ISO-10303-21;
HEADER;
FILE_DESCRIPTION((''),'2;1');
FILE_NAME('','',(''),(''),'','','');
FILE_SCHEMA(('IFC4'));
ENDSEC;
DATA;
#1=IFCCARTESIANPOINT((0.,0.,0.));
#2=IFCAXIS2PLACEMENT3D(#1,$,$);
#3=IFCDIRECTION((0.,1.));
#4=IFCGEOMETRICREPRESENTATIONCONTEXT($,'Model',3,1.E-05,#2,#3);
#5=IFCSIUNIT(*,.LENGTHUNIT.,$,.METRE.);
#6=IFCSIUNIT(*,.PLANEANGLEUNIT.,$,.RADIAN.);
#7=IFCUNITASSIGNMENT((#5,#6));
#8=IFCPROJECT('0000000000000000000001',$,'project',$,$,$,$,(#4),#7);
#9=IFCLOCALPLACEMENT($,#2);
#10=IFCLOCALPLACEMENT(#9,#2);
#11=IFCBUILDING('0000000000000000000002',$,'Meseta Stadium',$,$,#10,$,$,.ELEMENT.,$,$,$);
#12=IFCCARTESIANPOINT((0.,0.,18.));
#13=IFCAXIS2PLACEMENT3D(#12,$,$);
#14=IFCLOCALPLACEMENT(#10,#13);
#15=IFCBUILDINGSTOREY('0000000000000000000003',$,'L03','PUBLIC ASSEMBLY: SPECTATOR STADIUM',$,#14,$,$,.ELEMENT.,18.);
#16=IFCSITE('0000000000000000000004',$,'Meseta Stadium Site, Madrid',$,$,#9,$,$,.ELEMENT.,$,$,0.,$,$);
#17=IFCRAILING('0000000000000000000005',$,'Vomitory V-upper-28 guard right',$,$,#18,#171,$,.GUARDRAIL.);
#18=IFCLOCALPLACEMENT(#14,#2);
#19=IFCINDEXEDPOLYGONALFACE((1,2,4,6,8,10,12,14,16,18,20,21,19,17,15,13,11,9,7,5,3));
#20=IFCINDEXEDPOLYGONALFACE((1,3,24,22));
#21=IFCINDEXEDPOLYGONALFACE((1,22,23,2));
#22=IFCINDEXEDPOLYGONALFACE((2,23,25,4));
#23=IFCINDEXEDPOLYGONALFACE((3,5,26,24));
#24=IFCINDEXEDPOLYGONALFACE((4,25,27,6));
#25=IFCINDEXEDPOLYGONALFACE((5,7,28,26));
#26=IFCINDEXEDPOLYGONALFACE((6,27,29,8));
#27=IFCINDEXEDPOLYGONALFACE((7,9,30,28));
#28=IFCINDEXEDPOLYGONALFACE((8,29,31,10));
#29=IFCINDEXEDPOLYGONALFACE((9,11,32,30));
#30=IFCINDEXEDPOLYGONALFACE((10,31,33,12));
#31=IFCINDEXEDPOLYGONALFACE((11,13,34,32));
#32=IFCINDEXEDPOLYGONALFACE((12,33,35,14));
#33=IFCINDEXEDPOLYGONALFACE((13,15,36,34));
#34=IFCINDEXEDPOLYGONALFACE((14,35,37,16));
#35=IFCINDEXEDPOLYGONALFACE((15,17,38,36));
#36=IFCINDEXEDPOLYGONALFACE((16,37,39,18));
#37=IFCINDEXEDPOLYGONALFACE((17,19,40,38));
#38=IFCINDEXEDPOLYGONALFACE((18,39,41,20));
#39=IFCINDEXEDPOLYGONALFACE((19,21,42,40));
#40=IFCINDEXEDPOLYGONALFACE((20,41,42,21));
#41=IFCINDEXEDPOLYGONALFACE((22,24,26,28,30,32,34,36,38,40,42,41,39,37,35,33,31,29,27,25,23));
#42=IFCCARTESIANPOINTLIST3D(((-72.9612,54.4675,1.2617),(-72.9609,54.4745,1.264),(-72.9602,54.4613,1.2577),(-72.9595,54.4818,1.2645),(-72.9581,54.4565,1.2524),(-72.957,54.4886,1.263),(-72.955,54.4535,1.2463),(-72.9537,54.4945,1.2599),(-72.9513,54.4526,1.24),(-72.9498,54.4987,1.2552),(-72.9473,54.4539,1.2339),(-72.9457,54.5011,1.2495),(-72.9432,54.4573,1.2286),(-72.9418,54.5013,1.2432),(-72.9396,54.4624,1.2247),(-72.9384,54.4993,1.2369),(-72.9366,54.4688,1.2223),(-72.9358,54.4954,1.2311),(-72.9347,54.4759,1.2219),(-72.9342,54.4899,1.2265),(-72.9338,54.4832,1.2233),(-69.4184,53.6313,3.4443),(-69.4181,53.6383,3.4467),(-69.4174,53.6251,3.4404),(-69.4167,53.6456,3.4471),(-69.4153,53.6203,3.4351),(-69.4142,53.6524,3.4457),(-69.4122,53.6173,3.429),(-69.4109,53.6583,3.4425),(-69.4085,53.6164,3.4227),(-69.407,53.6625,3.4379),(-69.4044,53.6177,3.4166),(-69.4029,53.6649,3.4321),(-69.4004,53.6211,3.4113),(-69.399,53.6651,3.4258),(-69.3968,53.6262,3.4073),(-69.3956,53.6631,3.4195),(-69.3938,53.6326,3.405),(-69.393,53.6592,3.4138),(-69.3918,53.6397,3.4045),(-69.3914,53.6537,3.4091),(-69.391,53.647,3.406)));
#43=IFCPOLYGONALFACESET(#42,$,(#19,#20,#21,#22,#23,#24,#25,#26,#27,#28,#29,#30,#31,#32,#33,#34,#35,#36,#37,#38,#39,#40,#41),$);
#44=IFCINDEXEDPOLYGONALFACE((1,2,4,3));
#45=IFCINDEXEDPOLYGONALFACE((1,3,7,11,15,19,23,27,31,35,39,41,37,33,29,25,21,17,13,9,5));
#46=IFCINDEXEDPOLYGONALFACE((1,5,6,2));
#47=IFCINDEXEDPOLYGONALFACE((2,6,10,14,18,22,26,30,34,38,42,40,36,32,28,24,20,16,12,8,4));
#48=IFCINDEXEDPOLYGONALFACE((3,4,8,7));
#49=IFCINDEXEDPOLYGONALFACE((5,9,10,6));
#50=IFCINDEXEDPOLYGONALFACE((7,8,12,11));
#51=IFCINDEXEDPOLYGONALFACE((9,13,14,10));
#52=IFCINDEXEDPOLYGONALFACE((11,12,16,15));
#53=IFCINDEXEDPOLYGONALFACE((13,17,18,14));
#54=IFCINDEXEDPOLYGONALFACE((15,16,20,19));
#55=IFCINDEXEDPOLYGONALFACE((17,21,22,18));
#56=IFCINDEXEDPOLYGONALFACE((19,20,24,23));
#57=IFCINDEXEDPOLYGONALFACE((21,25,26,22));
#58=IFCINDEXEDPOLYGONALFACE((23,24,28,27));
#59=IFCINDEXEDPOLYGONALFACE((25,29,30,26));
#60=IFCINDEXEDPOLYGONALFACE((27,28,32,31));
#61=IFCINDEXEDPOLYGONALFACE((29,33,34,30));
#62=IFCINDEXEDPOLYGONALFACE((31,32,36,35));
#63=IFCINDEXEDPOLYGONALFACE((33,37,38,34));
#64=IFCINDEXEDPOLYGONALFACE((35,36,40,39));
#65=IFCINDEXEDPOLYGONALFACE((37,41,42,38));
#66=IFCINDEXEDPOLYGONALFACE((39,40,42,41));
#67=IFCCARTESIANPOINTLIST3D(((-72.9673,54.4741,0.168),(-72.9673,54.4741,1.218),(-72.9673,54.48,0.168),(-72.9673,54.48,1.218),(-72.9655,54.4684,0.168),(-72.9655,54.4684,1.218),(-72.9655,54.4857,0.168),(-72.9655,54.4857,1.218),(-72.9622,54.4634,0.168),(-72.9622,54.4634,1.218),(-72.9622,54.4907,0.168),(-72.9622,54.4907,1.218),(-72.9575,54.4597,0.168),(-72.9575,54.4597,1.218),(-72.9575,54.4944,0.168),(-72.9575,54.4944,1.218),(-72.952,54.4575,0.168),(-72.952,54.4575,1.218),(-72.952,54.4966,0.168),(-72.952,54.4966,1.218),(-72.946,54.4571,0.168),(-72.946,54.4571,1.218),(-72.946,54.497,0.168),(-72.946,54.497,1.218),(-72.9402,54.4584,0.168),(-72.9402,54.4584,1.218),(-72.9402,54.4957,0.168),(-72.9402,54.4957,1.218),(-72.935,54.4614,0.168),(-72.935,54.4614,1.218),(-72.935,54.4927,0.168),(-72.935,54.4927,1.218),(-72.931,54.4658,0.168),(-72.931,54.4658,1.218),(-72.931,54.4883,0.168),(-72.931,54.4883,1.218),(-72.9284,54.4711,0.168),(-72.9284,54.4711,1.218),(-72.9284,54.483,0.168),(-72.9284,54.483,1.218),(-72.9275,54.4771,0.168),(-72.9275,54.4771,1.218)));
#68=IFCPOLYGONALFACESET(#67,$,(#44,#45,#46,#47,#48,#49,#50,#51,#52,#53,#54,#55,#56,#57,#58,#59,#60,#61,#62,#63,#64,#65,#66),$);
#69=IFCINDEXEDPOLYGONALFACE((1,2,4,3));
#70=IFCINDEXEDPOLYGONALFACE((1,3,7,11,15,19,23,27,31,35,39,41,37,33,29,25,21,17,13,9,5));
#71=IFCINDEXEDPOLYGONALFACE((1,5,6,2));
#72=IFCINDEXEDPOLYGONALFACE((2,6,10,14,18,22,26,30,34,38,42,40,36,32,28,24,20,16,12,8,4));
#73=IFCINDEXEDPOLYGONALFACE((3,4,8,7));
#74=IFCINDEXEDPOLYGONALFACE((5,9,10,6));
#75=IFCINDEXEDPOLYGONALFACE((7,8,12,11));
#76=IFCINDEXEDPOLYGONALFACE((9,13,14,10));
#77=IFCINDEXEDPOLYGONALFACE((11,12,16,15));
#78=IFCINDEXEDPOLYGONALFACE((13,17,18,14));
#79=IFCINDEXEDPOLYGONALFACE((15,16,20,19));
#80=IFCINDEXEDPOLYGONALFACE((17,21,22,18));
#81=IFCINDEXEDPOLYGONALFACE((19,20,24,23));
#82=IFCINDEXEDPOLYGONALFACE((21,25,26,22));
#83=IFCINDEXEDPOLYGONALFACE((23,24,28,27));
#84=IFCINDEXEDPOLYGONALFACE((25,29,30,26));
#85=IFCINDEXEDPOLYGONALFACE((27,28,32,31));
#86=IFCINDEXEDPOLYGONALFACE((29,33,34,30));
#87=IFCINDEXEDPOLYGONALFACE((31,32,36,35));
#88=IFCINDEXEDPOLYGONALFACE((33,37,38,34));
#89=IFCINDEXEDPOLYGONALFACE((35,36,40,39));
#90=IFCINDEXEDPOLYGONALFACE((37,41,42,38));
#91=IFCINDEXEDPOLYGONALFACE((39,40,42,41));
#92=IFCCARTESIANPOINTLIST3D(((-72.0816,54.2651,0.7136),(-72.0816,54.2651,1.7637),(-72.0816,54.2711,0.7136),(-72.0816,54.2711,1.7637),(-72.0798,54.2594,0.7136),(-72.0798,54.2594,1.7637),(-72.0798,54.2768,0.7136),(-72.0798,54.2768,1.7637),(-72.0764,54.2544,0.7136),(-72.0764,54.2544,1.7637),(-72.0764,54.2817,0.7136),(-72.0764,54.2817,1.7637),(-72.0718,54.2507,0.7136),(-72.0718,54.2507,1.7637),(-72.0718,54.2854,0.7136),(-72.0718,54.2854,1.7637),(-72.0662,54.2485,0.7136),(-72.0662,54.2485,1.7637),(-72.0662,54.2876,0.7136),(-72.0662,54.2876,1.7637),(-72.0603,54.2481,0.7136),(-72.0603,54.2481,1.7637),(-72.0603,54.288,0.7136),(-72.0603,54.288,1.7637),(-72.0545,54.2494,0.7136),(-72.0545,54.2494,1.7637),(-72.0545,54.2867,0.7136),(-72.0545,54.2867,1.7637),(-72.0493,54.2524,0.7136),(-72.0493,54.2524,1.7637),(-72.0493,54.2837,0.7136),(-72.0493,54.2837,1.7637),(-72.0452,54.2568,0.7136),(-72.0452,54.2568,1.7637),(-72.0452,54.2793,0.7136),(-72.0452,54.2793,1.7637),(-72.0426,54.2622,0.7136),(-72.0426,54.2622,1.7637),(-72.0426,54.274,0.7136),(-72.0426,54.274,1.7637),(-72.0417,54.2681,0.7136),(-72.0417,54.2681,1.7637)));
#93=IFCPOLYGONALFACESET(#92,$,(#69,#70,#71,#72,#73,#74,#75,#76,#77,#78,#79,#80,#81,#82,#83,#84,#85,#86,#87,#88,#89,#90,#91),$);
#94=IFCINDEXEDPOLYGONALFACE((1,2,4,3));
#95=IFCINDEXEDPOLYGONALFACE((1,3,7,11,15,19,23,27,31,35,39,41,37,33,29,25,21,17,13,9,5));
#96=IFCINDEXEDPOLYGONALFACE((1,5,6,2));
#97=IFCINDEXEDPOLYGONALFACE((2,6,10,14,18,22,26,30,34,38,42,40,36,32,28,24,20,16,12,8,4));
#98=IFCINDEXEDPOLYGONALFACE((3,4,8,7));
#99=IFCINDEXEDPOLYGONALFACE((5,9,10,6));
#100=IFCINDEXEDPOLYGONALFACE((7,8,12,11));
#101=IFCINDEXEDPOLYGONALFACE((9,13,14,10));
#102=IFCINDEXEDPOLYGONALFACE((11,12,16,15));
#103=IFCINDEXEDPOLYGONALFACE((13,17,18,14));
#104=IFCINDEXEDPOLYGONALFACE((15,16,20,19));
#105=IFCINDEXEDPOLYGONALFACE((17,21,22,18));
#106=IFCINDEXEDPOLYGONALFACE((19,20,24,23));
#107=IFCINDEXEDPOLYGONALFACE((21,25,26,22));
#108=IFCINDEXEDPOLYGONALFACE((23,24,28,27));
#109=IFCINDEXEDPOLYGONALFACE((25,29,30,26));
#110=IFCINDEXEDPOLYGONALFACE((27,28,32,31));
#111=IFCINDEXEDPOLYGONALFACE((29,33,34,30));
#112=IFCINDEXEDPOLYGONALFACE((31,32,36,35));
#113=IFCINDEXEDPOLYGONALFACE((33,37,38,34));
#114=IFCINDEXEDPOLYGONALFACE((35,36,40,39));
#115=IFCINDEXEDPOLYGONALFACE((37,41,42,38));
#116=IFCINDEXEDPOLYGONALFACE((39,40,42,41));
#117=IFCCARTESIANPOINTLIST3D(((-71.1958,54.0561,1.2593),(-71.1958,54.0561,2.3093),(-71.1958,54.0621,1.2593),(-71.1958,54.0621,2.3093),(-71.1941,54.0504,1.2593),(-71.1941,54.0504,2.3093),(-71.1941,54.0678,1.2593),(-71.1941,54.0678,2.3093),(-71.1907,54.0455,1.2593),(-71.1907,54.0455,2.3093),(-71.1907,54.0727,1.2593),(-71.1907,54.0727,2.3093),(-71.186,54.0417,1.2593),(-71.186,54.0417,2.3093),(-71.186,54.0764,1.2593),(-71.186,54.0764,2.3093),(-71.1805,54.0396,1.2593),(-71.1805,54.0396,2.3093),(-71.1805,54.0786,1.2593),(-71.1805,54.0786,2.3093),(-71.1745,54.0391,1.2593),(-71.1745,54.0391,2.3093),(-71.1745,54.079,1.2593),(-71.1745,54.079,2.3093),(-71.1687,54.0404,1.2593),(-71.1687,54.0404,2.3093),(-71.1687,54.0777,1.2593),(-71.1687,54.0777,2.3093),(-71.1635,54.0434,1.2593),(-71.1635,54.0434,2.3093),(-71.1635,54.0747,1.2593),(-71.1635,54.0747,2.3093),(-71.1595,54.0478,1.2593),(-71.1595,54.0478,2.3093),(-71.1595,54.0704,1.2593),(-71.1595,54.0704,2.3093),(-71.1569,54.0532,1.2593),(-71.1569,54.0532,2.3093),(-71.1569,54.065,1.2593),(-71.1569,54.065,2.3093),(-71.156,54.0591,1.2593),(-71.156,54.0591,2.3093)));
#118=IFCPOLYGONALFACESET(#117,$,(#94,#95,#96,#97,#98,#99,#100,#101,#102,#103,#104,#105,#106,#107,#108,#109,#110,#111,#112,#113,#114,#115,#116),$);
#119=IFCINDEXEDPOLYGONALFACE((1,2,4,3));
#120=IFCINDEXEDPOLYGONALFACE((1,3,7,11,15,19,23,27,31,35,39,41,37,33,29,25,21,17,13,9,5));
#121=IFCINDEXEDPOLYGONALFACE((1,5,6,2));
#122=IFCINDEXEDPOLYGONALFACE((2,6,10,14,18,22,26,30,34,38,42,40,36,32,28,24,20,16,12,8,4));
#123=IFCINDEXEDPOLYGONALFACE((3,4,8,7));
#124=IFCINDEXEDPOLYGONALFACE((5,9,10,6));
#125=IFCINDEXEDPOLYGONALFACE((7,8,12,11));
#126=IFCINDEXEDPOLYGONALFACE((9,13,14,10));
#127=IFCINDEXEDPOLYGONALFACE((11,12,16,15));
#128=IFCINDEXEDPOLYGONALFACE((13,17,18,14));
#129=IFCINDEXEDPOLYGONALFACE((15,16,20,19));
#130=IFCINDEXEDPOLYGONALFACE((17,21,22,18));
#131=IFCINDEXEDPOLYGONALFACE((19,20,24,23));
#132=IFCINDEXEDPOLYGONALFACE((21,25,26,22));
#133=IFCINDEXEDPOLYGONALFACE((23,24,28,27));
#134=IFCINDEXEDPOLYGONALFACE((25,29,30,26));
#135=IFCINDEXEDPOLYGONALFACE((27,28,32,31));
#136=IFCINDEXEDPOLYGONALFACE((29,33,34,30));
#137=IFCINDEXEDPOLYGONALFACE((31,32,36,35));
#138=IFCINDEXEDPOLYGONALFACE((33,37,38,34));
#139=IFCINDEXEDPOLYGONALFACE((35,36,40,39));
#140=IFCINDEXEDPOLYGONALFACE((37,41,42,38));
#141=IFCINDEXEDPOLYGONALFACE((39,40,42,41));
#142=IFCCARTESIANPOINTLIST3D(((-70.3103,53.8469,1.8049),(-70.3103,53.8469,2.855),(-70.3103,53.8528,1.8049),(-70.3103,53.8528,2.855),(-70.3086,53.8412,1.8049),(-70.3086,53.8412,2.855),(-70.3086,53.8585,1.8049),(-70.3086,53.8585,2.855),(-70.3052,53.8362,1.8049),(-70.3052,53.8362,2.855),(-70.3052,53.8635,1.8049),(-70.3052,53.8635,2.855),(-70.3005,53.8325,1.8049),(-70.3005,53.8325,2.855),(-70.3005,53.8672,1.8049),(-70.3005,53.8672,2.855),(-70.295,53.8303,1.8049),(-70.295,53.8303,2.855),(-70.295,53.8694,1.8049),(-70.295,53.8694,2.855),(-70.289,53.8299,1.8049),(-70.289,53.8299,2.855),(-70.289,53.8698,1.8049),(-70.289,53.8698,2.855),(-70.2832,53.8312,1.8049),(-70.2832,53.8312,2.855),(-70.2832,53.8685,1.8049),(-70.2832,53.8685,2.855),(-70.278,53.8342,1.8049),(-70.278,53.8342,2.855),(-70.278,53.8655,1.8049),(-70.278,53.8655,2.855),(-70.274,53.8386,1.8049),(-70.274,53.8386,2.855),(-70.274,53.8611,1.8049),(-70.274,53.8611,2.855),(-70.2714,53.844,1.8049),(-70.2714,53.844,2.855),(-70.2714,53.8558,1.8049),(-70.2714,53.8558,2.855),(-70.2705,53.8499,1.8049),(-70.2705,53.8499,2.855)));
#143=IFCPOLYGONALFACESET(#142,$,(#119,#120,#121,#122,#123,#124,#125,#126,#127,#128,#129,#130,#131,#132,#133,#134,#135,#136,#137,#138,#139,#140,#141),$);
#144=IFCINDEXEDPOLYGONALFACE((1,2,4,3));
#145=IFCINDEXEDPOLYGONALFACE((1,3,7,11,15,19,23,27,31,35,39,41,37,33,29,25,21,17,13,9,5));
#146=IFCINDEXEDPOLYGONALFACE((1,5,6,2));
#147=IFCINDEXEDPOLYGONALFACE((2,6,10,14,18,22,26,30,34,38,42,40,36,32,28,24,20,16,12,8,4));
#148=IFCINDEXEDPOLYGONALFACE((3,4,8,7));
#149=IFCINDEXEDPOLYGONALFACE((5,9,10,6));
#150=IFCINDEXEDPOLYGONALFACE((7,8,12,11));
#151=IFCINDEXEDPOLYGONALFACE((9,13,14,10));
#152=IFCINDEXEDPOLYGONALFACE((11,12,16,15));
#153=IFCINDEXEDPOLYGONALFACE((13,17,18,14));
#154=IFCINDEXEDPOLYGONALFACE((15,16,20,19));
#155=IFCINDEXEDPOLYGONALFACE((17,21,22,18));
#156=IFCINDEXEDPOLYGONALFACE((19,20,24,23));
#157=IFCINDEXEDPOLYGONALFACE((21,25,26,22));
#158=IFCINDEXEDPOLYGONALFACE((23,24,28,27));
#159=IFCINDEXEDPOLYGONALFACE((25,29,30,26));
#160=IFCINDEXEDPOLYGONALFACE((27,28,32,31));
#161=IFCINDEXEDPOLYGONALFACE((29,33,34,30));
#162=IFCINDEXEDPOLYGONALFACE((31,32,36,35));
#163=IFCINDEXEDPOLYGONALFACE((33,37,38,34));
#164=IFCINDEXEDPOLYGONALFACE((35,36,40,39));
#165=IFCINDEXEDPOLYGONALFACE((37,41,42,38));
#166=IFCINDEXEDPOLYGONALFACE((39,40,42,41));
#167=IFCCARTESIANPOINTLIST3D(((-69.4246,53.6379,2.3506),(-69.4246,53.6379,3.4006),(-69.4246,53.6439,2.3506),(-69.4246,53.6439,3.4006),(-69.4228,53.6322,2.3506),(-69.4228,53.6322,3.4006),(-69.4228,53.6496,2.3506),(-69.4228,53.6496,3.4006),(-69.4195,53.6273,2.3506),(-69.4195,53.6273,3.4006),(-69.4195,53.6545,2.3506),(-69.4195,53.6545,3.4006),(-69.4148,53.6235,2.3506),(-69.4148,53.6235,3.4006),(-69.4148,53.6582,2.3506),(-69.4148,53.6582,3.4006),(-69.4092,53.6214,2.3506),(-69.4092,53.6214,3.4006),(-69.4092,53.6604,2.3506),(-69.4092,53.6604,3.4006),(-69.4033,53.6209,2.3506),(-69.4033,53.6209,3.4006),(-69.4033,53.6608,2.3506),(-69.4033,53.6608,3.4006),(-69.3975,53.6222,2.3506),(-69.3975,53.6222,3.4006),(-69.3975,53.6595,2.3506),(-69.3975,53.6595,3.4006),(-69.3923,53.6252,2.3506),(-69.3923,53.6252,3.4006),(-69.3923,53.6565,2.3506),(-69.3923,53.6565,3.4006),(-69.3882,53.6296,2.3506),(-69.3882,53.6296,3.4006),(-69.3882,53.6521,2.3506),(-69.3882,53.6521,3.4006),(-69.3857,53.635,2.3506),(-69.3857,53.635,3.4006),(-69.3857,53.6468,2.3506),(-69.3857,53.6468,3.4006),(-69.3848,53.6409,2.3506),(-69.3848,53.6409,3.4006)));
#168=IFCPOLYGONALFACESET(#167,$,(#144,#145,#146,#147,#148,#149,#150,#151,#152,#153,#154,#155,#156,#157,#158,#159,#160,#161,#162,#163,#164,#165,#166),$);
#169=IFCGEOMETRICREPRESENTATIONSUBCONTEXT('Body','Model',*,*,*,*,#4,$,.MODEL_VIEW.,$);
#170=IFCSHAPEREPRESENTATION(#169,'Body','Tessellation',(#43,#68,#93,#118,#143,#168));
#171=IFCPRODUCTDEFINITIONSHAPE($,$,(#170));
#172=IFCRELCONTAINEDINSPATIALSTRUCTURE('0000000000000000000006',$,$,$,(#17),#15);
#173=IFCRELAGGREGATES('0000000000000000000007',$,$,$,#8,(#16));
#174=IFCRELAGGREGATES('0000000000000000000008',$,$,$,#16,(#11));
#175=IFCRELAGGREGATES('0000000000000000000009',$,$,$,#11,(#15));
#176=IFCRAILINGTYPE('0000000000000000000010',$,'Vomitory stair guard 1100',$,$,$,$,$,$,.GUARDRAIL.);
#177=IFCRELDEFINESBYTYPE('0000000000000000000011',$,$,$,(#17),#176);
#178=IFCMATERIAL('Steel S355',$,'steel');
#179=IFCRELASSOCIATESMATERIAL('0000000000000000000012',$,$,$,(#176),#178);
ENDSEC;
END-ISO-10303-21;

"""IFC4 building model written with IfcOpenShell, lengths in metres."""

from ifc_helpers import new_model, si_unit, direction, frame, origin, origin_2d, place, context, subcontext, project, spatial, circle, extrude, material, type_object, element, save


model = new_model("IFC4")

# Units and contexts
model_context = context("Model", 3, precision=1e-05, world=origin(), true_north=direction((0.0, 1.0)))
body_context = subcontext(model_context, "Body", "Model", "MODEL_VIEW")
ifc_project = project(units=[si_unit("LENGTHUNIT", "METRE"), si_unit("PLANEANGLEUNIT", "RADIAN")], contexts=[model_context])

# Site, building, storey
site_placement = place(None, origin())
site = spatial("IfcSite", under=ifc_project, at=site_placement, Name="Meseta Stadium Site, Madrid", CompositionType="ELEMENT", RefElevation=0.0)
building_placement = place(site_placement, origin())
building = spatial("IfcBuilding", under=site, at=building_placement, Name="Meseta Stadium", CompositionType="ELEMENT")
storey_placement = place(building_placement, frame((0.0, 0.0, 18.0)))
storey = spatial("IfcBuildingStorey", under=building, at=storey_placement, Name="L03", Description="PUBLIC ASSEMBLY: SPECTATOR STADIUM", CompositionType="ELEMENT", Elevation=18.0)

# Railing
ifc_material_1 = material(Name="Steel S355", Category="steel")
railing_type_1 = type_object("IfcRailingType", Name="Vomitory stair guard 1100", PredefinedType="GUARDRAIL", material=ifc_material_1)
railing_1_placement = place(storey_placement, frame((-72.9475, 54.4771, 0.168)))
element("IfcRailing", 1, at=railing_1_placement, inside=storey, type_object=railing_type_1, Name="Vomitory V-upper-28 guard right", PredefinedType="GUARDRAIL", context=body_context, shape_type="SweptSolid", body=[
    extrude(circle(Radius=0.0249, at=origin_2d()), frame((0.0, 0.0, 1.0752), z_axis=(0.834706, -0.197014, 0.514249), x_axis=(0.229716, 0.973258, 0.0)), (0.0, 0.0, 1.0), 4.2444),
    extrude(circle(Radius=0.02, at=origin_2d()), origin(), (0.0, 0.0, 1.0), 1.05),
    extrude(circle(Radius=0.02, at=origin_2d()), frame((0.8857, -0.209, 0.5457)), (0.0, 0.0, 1.0), 1.05),
    extrude(circle(Radius=0.02, at=origin_2d()), frame((1.7715, -0.418, 1.0913)), (0.0, 0.0, 1.0), 1.05),
    extrude(circle(Radius=0.02, at=origin_2d()), frame((2.657, -0.6272, 1.637)), (0.0, 0.0, 1.0), 1.05),
    extrude(circle(Radius=0.02, at=origin_2d()), frame((3.5427, -0.8362, 2.1826)), (0.0, 0.0, 1.0), 1.05),
])

save(model, "model.ifc")
